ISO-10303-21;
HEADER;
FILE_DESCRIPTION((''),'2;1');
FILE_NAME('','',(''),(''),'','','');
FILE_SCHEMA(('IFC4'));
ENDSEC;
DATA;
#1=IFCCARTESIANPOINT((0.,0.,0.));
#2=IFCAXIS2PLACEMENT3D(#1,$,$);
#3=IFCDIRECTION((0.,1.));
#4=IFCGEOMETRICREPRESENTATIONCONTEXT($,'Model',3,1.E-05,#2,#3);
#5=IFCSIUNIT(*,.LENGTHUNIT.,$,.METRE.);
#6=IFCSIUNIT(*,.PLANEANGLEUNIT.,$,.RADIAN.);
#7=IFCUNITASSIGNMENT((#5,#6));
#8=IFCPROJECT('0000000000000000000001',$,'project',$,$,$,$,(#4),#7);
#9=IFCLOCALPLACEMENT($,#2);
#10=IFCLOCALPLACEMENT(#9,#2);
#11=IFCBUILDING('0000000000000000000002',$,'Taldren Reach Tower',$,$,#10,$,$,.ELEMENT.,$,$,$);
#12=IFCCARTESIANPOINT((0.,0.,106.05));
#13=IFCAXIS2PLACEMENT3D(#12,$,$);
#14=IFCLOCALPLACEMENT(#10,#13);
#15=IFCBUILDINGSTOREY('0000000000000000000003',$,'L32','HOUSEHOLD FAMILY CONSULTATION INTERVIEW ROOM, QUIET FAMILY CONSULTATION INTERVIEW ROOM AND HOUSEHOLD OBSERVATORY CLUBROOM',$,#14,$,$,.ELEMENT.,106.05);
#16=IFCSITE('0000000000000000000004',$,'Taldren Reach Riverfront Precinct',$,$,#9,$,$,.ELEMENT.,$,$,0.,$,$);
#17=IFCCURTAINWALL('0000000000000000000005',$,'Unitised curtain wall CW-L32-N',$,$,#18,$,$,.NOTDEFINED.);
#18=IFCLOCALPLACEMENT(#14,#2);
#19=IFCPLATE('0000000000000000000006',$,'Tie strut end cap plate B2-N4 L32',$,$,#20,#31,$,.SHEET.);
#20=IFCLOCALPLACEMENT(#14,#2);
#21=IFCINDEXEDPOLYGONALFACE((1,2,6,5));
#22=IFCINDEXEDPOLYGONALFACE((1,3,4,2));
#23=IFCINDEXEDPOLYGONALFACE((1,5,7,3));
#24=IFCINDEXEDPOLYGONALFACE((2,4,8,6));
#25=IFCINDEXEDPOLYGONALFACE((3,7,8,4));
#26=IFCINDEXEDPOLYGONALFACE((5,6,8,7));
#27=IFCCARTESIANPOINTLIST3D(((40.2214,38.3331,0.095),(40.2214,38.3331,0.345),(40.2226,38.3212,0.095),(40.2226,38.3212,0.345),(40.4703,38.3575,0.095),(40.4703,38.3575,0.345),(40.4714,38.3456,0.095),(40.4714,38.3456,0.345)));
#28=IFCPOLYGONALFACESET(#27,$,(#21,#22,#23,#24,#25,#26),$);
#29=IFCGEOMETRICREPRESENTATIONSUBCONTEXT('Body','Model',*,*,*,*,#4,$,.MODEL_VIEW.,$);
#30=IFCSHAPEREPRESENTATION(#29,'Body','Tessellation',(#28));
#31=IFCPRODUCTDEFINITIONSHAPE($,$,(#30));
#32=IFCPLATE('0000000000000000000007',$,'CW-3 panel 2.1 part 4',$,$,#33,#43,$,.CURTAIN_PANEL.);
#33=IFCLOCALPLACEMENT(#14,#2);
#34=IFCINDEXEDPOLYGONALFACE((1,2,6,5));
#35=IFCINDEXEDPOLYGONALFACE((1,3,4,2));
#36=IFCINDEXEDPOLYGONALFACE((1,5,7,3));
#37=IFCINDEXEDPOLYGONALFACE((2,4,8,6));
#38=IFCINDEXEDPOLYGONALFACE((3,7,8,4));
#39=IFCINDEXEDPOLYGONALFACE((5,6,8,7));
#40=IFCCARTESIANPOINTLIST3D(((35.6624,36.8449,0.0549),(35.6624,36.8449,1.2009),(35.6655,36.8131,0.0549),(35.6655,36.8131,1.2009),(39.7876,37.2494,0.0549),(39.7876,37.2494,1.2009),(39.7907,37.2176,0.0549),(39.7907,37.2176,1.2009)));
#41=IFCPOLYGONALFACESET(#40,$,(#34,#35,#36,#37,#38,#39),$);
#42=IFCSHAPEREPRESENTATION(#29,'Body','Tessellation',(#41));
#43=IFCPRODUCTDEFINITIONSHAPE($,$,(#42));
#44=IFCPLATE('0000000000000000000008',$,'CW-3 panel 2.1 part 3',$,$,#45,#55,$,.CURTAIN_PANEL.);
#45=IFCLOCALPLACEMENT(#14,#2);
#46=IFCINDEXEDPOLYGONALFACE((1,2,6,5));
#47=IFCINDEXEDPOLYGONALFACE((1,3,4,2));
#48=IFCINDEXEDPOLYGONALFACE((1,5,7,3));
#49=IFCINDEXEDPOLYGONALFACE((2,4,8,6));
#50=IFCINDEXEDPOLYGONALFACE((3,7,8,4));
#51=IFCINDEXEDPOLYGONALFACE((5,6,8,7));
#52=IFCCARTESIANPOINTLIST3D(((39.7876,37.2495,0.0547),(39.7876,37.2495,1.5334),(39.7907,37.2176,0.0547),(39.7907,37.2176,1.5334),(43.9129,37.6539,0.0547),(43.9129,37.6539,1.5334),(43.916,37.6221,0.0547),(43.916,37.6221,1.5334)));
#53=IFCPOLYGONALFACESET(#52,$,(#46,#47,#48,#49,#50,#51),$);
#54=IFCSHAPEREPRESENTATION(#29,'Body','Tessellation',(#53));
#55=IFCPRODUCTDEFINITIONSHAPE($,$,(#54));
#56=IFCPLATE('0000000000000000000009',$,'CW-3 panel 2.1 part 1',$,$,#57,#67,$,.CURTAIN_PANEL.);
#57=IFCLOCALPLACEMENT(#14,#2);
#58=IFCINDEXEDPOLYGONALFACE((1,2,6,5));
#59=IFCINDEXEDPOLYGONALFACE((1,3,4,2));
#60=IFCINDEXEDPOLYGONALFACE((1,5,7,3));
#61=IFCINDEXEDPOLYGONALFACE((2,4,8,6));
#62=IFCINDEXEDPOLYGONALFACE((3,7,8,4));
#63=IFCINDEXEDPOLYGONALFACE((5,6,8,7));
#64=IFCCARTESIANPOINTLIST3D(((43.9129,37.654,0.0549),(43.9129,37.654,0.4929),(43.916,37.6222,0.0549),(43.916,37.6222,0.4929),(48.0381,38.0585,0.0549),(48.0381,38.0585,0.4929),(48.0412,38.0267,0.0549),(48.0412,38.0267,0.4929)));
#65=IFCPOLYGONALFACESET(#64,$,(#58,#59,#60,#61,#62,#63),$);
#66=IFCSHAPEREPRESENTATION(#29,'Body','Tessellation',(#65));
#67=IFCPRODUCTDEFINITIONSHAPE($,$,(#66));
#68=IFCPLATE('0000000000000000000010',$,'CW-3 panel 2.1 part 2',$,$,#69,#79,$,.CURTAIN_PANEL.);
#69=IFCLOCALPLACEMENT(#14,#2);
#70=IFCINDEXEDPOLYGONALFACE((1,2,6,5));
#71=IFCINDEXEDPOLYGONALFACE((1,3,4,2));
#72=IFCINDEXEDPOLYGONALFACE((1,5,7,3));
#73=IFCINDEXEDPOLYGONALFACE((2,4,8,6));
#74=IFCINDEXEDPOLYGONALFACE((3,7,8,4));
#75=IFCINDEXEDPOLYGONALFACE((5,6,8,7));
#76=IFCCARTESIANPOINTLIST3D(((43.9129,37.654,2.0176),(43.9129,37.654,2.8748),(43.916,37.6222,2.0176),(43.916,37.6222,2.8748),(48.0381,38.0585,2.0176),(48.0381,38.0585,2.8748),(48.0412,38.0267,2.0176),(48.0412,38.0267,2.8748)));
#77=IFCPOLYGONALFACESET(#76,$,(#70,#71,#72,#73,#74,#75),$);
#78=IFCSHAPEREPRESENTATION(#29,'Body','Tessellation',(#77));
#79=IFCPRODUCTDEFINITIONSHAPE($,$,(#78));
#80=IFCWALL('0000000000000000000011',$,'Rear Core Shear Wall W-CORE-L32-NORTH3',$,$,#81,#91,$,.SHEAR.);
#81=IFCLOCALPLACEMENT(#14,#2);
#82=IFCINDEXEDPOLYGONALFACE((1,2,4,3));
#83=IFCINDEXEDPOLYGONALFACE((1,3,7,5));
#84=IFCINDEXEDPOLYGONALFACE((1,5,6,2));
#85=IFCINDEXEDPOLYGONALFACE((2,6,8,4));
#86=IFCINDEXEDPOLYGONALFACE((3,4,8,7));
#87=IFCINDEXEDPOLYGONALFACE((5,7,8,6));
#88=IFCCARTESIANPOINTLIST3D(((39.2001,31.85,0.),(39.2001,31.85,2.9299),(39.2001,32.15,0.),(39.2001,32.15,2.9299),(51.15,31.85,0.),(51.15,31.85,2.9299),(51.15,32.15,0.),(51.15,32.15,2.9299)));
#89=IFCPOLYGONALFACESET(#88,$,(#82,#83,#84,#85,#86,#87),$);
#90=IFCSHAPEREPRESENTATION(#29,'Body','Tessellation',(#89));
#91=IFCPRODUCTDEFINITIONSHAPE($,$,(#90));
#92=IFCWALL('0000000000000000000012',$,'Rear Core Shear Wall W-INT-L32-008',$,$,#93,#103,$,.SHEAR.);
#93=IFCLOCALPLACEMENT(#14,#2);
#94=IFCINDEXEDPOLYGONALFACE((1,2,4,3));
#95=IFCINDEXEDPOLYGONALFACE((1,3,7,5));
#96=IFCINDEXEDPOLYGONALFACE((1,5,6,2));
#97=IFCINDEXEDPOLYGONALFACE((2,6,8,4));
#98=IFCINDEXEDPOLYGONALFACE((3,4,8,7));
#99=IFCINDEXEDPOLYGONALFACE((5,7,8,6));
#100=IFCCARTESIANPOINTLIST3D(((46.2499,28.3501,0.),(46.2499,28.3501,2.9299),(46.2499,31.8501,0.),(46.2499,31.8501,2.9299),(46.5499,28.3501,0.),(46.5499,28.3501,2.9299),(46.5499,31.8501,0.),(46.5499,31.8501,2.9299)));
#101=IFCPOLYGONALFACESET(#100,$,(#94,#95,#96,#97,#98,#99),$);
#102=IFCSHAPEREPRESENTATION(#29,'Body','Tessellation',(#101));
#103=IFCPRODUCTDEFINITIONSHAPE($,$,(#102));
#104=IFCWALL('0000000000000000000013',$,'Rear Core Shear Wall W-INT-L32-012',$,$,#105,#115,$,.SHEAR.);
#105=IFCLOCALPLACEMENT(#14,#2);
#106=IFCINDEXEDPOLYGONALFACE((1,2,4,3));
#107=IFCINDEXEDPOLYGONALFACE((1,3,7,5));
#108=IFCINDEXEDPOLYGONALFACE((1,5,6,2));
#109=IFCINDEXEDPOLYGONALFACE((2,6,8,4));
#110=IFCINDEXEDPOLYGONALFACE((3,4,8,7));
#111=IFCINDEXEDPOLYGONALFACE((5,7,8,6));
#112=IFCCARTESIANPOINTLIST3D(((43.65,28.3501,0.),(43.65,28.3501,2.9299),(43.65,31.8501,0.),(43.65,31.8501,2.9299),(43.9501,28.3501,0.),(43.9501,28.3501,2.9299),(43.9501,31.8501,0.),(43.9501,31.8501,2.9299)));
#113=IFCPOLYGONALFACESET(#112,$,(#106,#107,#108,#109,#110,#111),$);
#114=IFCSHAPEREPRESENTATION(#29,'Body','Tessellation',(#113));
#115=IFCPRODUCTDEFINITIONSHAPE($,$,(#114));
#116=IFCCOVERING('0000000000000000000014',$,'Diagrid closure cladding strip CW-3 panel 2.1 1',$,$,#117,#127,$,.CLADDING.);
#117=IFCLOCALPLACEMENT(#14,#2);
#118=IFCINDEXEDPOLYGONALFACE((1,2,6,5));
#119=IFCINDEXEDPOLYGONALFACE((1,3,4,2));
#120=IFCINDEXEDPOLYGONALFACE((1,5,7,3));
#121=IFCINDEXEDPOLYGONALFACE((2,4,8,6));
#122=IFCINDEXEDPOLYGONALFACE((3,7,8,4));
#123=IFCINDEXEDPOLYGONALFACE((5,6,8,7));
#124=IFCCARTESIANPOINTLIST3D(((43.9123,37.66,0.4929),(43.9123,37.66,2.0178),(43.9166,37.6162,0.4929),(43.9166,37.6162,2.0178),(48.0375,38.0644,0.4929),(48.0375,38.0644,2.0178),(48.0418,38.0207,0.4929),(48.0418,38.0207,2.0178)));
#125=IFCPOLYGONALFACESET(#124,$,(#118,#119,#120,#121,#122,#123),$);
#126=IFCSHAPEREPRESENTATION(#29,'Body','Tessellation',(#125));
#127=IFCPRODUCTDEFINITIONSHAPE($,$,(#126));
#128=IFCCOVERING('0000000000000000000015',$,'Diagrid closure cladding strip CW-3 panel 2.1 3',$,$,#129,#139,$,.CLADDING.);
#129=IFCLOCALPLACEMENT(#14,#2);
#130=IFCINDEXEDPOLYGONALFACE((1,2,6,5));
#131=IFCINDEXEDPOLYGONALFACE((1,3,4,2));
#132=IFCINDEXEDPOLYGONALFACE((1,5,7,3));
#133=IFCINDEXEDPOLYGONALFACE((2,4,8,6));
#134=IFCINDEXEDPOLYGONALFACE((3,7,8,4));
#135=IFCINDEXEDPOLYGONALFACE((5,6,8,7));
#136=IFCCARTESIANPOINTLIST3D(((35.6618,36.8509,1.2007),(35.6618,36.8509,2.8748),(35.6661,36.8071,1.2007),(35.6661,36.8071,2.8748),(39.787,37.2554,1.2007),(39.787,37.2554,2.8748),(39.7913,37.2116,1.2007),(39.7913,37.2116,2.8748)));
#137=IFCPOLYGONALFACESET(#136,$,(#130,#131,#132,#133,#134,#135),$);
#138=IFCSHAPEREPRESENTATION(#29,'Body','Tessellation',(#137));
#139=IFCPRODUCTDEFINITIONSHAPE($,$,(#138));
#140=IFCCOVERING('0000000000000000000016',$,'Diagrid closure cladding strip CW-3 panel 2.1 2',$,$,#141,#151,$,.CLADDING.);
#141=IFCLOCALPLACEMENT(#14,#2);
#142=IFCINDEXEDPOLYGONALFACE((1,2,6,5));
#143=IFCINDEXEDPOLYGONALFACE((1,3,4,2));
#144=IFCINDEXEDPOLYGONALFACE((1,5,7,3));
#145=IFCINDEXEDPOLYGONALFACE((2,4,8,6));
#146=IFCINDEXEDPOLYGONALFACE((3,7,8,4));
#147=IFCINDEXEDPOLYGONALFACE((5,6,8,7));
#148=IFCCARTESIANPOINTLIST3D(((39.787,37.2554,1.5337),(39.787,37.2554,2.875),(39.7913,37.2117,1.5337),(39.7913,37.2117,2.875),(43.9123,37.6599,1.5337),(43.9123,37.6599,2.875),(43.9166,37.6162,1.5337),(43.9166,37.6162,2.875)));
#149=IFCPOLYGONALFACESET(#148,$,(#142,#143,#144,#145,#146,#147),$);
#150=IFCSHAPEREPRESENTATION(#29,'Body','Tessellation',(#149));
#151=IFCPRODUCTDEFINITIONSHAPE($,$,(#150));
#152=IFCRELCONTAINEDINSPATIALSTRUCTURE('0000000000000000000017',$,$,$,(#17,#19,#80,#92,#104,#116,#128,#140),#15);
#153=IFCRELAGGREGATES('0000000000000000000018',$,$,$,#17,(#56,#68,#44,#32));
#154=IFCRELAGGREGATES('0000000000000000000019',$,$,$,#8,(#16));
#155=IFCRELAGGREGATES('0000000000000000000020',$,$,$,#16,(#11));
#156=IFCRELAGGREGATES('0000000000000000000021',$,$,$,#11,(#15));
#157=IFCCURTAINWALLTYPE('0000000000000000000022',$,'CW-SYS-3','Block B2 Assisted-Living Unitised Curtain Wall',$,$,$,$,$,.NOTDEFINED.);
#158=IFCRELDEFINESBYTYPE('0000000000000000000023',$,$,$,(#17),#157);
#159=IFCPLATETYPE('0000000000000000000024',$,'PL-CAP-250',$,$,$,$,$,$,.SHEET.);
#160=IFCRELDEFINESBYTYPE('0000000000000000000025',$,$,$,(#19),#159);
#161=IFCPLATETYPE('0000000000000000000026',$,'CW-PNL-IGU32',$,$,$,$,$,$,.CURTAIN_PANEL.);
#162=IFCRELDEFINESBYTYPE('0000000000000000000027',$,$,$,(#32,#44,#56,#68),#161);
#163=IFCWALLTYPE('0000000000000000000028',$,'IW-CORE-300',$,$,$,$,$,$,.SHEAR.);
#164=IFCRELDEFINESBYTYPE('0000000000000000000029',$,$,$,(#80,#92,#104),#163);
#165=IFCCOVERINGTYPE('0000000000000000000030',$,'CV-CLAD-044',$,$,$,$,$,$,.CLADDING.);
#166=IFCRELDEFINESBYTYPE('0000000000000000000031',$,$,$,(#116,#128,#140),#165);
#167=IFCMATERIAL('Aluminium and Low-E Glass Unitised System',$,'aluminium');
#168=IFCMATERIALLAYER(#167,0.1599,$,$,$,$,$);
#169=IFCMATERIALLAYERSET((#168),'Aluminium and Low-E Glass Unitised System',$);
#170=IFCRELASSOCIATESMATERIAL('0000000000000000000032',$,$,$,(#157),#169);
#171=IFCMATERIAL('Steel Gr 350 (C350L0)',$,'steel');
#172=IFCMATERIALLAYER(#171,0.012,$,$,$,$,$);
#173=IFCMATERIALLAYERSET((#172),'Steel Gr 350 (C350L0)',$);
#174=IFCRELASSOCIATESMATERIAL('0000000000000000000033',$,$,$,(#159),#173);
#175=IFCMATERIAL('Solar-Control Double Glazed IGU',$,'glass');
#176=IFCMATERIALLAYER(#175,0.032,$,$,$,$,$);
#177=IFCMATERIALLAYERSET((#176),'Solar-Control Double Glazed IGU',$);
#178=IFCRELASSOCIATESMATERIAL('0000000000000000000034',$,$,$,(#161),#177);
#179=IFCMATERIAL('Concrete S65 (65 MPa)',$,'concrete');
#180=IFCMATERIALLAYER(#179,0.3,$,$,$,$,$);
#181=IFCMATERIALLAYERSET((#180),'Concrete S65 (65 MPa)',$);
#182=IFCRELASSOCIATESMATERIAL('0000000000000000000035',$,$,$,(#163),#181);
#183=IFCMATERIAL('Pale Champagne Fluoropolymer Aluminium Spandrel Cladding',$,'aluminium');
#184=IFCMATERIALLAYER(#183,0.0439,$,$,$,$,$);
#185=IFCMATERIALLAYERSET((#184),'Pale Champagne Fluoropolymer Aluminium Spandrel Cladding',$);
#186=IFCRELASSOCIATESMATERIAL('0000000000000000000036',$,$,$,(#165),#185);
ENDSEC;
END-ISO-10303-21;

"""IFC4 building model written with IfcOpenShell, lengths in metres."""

from ifc_helpers import new_model, si_unit, direction, frame, frame_2d, origin, origin_2d, place, context, subcontext, project, spatial, rectangle, extrude, source, transform, mapped, material, layer, layer_set, type_object, element, aggregate, save


model = new_model("IFC4")

# Units and contexts
model_context = context("Model", 3, precision=1e-05, world=origin(), true_north=direction((0.0, 1.0)))
body_context = subcontext(model_context, "Body", "Model", "MODEL_VIEW")
ifc_project = project(units=[si_unit("LENGTHUNIT", "METRE"), si_unit("PLANEANGLEUNIT", "RADIAN")], contexts=[model_context])

# Site, building, storey
site_placement = place(None, origin())
site = spatial("IfcSite", under=ifc_project, at=site_placement, Name="Taldren Reach Riverfront Precinct", CompositionType="ELEMENT", RefElevation=0.0)
building_placement = place(site_placement, origin())
building = spatial("IfcBuilding", under=site, at=building_placement, Name="Taldren Reach Tower", CompositionType="ELEMENT")
storey_placement = place(building_placement, frame((0.0, 0.0, 106.05)))
storey = spatial("IfcBuildingStorey", under=building, at=storey_placement, Name="L32", Description="HOUSEHOLD FAMILY CONSULTATION INTERVIEW ROOM, QUIET FAMILY CONSULTATION INTERVIEW ROOM AND HOUSEHOLD OBSERVATORY CLUBROOM", CompositionType="ELEMENT", Elevation=106.05)

# Shared definitions
ifc_material_1 = material(Name="Concrete S65 (65 MPa)", Category="concrete")

# Shared definitions
ifc_material_2 = material(Name="Steel Gr 350 (C350L0)", Category="steel")

# Curtain wall
ifc_material_3 = material(Name="Aluminium and Low-E Glass Unitised System", Category="aluminium")
ifc_layer_1 = layer(ifc_material_3, 0.1599)
ifc_layer_set_1 = layer_set([ifc_layer_1], Name="Aluminium and Low-E Glass Unitised System")
curtain_wall_type = type_object("IfcCurtainWallType", Name="CW-SYS-3", Description="Block B2 Assisted-Living Unitised Curtain Wall", PredefinedType="NOTDEFINED", material=ifc_layer_set_1)
curtain_wall_placement = place(storey_placement, origin())
curtain_wall = element("IfcCurtainWall", 1, at=curtain_wall_placement, inside=storey, type_object=curtain_wall_type, Name="Unitised curtain wall CW-L32-N", PredefinedType="NOTDEFINED")

# Plate
ifc_layer_2 = layer(ifc_material_2, 0.012)
ifc_layer_set_2 = layer_set([ifc_layer_2], Name="Steel Gr 350 (C350L0)")
plate_type_1 = type_object("IfcPlateType", Name="PL-CAP-250", PredefinedType="SHEET", material=ifc_layer_set_2)
shared_shape_1 = source(origin(), body_context, "Body", "SweptSolid", [
    extrude(rectangle(XDim=0.25, YDim=0.012, at=origin_2d()), origin(), (0.0, 0.0, 1.0), 0.25),
])
plate_1_placement = place(storey_placement, frame((40.3464, 38.3394, 0.095), z_axis=(0.0, 0.0, 1.0), x_axis=(0.995227, 0.097583, 0.0)))
element("IfcPlate", 2, at=plate_1_placement, inside=storey, type_object=plate_type_1, Name="Tie strut end cap plate B2-N4 L32", PredefinedType="SHEET", context=body_context, shape_type="MappedRepresentation", body=[
    mapped(shared_shape_1, transform((0.0, 0.0, 0.0), scale=1.0)),
])

# Plates
ifc_material_4 = material(Name="Solar-Control Double Glazed IGU", Category="glass")
ifc_layer_3 = layer(ifc_material_4, 0.032)
ifc_layer_set_3 = layer_set([ifc_layer_3], Name="Solar-Control Double Glazed IGU")
plate_type_2 = type_object("IfcPlateType", Name="CW-PNL-IGU32", PredefinedType="CURTAIN_PANEL", material=ifc_layer_set_3)
shared_shape_2 = source(origin(), body_context, "Body", "SweptSolid", [
    extrude(rectangle(XDim=4.145, YDim=0.032, at=origin_2d()), origin(), (0.0, 0.0, 1.0), 1.146),
])
plate_2_placement = place(storey_placement, frame((37.7266, 37.0312, 0.0549), z_axis=(0.0, 0.0, 1.0), x_axis=(-0.995227, -0.097583, 0.0)))
plate_2 = element("IfcPlate", 3, at=plate_2_placement, type_object=plate_type_2, Name="CW-3 panel 2.1 part 4", PredefinedType="CURTAIN_PANEL", context=body_context, shape_type="MappedRepresentation", body=[
    mapped(shared_shape_2, transform((0.0, 0.0, 0.0), scale=1.0)),
])
shared_shape_3 = source(origin(), body_context, "Body", "SweptSolid", [
    extrude(rectangle(XDim=4.145, YDim=0.032, at=origin_2d()), origin(), (0.0, 0.0, 1.0), 1.4788),
])
plate_3_placement = place(storey_placement, frame((41.8518, 37.4358, 0.0547), z_axis=(0.0, 0.0, 1.0), x_axis=(-0.995227, -0.097583, 0.0)))
plate_3 = element("IfcPlate", 4, at=plate_3_placement, type_object=plate_type_2, Name="CW-3 panel 2.1 part 3", PredefinedType="CURTAIN_PANEL", context=body_context, shape_type="MappedRepresentation", body=[
    mapped(shared_shape_3, transform((0.0, 0.0, 0.0), scale=1.0)),
])
shared_shape_4 = source(origin(), body_context, "Body", "SweptSolid", [
    extrude(rectangle(XDim=4.145, YDim=0.032, at=origin_2d()), origin(), (0.0, 0.0, 1.0), 0.438),
])
plate_4_placement = place(storey_placement, frame((45.9771, 37.8403, 0.0549), z_axis=(0.0, 0.0, 1.0), x_axis=(-0.995227, -0.097583, 0.0)))
plate_4 = element("IfcPlate", 5, at=plate_4_placement, type_object=plate_type_2, Name="CW-3 panel 2.1 part 1", PredefinedType="CURTAIN_PANEL", context=body_context, shape_type="MappedRepresentation", body=[
    mapped(shared_shape_4, transform((0.0, 0.0, 0.0), scale=1.0)),
])
shared_shape_5 = source(origin(), body_context, "Body", "SweptSolid", [
    extrude(rectangle(XDim=4.145, YDim=0.032, at=origin_2d()), origin(), (0.0, 0.0, 1.0), 0.8572),
])
plate_5_placement = place(storey_placement, frame((45.9771, 37.8403, 2.0176), z_axis=(0.0, 0.0, 1.0), x_axis=(-0.995227, -0.097583, 0.0)))
plate_5 = element("IfcPlate", 6, at=plate_5_placement, type_object=plate_type_2, Name="CW-3 panel 2.1 part 2", PredefinedType="CURTAIN_PANEL", context=body_context, shape_type="MappedRepresentation", body=[
    mapped(shared_shape_5, transform((0.0, 0.0, 0.0), scale=1.0)),
])
aggregate(curtain_wall, [plate_4, plate_5, plate_3, plate_2])

# Walls
ifc_layer_4 = layer(ifc_material_1, 0.3)
ifc_layer_set_4 = layer_set([ifc_layer_4], Name="Concrete S65 (65 MPa)")
wall_type = type_object("IfcWallType", Name="IW-CORE-300", PredefinedType="SHEAR", material=ifc_layer_set_4)
shared_shape_6 = source(origin(), body_context, "Body", "SweptSolid", [
    extrude(rectangle(XDim=11.95, YDim=0.3, at=frame_2d((5.9751, 0.0))), origin(), (0.0, 0.0, 1.0), 2.9299),
])
wall_placement = place(storey_placement, frame((39.2, 32.0, 0.0), z_axis=(0.0, 0.0, 1.0), x_axis=(1.0, 0.0, 0.0)))
element("IfcWall", 7, at=wall_placement, inside=storey, type_object=wall_type, Name="Rear Core Shear Wall W-CORE-L32-NORTH3", PredefinedType="SHEAR", context=body_context, shape_type="MappedRepresentation", body=[
    mapped(shared_shape_6, transform((0.0, 0.0, 0.0), scale=1.0)),
])
shared_shape_7 = source(origin(), body_context, "Body", "SweptSolid", [
    extrude(rectangle(XDim=3.5, YDim=0.3, at=frame_2d((1.75, 0.0))), origin(), (0.0, 0.0, 1.0), 2.9299),
])
for number, where, z_axis, x_axis, name in (
    (8, (46.3999, 31.8501, 0.0), (0.0, 0.0, 1.0), (0.0, -1.0, 0.0), "Rear Core Shear Wall W-INT-L32-008"),
    (9, (43.8, 31.8501, 0.0), (0.0, 0.0, 1.0), (0.0, -1.0, 0.0), "Rear Core Shear Wall W-INT-L32-012"),
):
    element("IfcWall", number, at=place(storey_placement, frame(where, z_axis=z_axis, x_axis=x_axis)), inside=storey, type_object=wall_type, Name=name, PredefinedType="SHEAR", context=body_context, shape_type="MappedRepresentation", body=[
        mapped(shared_shape_7, transform((0.0, 0.0, 0.0), scale=1.0)),
    ])

# Coverings
ifc_material_5 = material(Name="Pale Champagne Fluoropolymer Aluminium Spandrel Cladding", Category="aluminium")
ifc_layer_5 = layer(ifc_material_5, 0.0439)
ifc_layer_set_5 = layer_set([ifc_layer_5], Name="Pale Champagne Fluoropolymer Aluminium Spandrel Cladding")
covering_type = type_object("IfcCoveringType", Name="CV-CLAD-044", PredefinedType="CLADDING", material=ifc_layer_set_5)
shared_shape_8 = source(origin(), body_context, "Body", "SweptSolid", [
    extrude(rectangle(XDim=4.145, YDim=0.0439, at=origin_2d()), origin(), (0.0, 0.0, 1.0), 1.5249),
])
covering_1_placement = place(storey_placement, frame((45.9771, 37.8403, 0.4929), z_axis=(0.0, 0.0, 1.0), x_axis=(-0.995227, -0.097583, 0.0)))
element("IfcCovering", 10, at=covering_1_placement, inside=storey, type_object=covering_type, Name="Diagrid closure cladding strip CW-3 panel 2.1 1", PredefinedType="CLADDING", context=body_context, shape_type="MappedRepresentation", body=[
    mapped(shared_shape_8, transform((0.0, 0.0, 0.0), scale=1.0)),
])
shared_shape_9 = source(origin(), body_context, "Body", "SweptSolid", [
    extrude(rectangle(XDim=4.145, YDim=0.0439, at=origin_2d()), origin(), (0.0, 0.0, 1.0), 1.6741),
])
covering_2_placement = place(storey_placement, frame((37.7266, 37.0312, 1.2007), z_axis=(0.0, 0.0, 1.0), x_axis=(-0.995227, -0.097583, 0.0)))
element("IfcCovering", 11, at=covering_2_placement, inside=storey, type_object=covering_type, Name="Diagrid closure cladding strip CW-3 panel 2.1 3", PredefinedType="CLADDING", context=body_context, shape_type="MappedRepresentation", body=[
    mapped(shared_shape_9, transform((0.0, 0.0, 0.0), scale=1.0)),
])
shared_shape_10 = source(origin(), body_context, "Body", "SweptSolid", [
    extrude(rectangle(XDim=4.145, YDim=0.0439, at=origin_2d()), origin(), (0.0, 0.0, 1.0), 1.3413),
])
covering_3_placement = place(storey_placement, frame((41.8518, 37.4358, 1.5337), z_axis=(0.0, 0.0, 1.0), x_axis=(-0.995227, -0.097583, 0.0)))
element("IfcCovering", 12, at=covering_3_placement, inside=storey, type_object=covering_type, Name="Diagrid closure cladding strip CW-3 panel 2.1 2", PredefinedType="CLADDING", context=body_context, shape_type="MappedRepresentation", body=[
    mapped(shared_shape_10, transform((0.0, 0.0, 0.0), scale=1.0)),
])

save(model, "model.ifc")
